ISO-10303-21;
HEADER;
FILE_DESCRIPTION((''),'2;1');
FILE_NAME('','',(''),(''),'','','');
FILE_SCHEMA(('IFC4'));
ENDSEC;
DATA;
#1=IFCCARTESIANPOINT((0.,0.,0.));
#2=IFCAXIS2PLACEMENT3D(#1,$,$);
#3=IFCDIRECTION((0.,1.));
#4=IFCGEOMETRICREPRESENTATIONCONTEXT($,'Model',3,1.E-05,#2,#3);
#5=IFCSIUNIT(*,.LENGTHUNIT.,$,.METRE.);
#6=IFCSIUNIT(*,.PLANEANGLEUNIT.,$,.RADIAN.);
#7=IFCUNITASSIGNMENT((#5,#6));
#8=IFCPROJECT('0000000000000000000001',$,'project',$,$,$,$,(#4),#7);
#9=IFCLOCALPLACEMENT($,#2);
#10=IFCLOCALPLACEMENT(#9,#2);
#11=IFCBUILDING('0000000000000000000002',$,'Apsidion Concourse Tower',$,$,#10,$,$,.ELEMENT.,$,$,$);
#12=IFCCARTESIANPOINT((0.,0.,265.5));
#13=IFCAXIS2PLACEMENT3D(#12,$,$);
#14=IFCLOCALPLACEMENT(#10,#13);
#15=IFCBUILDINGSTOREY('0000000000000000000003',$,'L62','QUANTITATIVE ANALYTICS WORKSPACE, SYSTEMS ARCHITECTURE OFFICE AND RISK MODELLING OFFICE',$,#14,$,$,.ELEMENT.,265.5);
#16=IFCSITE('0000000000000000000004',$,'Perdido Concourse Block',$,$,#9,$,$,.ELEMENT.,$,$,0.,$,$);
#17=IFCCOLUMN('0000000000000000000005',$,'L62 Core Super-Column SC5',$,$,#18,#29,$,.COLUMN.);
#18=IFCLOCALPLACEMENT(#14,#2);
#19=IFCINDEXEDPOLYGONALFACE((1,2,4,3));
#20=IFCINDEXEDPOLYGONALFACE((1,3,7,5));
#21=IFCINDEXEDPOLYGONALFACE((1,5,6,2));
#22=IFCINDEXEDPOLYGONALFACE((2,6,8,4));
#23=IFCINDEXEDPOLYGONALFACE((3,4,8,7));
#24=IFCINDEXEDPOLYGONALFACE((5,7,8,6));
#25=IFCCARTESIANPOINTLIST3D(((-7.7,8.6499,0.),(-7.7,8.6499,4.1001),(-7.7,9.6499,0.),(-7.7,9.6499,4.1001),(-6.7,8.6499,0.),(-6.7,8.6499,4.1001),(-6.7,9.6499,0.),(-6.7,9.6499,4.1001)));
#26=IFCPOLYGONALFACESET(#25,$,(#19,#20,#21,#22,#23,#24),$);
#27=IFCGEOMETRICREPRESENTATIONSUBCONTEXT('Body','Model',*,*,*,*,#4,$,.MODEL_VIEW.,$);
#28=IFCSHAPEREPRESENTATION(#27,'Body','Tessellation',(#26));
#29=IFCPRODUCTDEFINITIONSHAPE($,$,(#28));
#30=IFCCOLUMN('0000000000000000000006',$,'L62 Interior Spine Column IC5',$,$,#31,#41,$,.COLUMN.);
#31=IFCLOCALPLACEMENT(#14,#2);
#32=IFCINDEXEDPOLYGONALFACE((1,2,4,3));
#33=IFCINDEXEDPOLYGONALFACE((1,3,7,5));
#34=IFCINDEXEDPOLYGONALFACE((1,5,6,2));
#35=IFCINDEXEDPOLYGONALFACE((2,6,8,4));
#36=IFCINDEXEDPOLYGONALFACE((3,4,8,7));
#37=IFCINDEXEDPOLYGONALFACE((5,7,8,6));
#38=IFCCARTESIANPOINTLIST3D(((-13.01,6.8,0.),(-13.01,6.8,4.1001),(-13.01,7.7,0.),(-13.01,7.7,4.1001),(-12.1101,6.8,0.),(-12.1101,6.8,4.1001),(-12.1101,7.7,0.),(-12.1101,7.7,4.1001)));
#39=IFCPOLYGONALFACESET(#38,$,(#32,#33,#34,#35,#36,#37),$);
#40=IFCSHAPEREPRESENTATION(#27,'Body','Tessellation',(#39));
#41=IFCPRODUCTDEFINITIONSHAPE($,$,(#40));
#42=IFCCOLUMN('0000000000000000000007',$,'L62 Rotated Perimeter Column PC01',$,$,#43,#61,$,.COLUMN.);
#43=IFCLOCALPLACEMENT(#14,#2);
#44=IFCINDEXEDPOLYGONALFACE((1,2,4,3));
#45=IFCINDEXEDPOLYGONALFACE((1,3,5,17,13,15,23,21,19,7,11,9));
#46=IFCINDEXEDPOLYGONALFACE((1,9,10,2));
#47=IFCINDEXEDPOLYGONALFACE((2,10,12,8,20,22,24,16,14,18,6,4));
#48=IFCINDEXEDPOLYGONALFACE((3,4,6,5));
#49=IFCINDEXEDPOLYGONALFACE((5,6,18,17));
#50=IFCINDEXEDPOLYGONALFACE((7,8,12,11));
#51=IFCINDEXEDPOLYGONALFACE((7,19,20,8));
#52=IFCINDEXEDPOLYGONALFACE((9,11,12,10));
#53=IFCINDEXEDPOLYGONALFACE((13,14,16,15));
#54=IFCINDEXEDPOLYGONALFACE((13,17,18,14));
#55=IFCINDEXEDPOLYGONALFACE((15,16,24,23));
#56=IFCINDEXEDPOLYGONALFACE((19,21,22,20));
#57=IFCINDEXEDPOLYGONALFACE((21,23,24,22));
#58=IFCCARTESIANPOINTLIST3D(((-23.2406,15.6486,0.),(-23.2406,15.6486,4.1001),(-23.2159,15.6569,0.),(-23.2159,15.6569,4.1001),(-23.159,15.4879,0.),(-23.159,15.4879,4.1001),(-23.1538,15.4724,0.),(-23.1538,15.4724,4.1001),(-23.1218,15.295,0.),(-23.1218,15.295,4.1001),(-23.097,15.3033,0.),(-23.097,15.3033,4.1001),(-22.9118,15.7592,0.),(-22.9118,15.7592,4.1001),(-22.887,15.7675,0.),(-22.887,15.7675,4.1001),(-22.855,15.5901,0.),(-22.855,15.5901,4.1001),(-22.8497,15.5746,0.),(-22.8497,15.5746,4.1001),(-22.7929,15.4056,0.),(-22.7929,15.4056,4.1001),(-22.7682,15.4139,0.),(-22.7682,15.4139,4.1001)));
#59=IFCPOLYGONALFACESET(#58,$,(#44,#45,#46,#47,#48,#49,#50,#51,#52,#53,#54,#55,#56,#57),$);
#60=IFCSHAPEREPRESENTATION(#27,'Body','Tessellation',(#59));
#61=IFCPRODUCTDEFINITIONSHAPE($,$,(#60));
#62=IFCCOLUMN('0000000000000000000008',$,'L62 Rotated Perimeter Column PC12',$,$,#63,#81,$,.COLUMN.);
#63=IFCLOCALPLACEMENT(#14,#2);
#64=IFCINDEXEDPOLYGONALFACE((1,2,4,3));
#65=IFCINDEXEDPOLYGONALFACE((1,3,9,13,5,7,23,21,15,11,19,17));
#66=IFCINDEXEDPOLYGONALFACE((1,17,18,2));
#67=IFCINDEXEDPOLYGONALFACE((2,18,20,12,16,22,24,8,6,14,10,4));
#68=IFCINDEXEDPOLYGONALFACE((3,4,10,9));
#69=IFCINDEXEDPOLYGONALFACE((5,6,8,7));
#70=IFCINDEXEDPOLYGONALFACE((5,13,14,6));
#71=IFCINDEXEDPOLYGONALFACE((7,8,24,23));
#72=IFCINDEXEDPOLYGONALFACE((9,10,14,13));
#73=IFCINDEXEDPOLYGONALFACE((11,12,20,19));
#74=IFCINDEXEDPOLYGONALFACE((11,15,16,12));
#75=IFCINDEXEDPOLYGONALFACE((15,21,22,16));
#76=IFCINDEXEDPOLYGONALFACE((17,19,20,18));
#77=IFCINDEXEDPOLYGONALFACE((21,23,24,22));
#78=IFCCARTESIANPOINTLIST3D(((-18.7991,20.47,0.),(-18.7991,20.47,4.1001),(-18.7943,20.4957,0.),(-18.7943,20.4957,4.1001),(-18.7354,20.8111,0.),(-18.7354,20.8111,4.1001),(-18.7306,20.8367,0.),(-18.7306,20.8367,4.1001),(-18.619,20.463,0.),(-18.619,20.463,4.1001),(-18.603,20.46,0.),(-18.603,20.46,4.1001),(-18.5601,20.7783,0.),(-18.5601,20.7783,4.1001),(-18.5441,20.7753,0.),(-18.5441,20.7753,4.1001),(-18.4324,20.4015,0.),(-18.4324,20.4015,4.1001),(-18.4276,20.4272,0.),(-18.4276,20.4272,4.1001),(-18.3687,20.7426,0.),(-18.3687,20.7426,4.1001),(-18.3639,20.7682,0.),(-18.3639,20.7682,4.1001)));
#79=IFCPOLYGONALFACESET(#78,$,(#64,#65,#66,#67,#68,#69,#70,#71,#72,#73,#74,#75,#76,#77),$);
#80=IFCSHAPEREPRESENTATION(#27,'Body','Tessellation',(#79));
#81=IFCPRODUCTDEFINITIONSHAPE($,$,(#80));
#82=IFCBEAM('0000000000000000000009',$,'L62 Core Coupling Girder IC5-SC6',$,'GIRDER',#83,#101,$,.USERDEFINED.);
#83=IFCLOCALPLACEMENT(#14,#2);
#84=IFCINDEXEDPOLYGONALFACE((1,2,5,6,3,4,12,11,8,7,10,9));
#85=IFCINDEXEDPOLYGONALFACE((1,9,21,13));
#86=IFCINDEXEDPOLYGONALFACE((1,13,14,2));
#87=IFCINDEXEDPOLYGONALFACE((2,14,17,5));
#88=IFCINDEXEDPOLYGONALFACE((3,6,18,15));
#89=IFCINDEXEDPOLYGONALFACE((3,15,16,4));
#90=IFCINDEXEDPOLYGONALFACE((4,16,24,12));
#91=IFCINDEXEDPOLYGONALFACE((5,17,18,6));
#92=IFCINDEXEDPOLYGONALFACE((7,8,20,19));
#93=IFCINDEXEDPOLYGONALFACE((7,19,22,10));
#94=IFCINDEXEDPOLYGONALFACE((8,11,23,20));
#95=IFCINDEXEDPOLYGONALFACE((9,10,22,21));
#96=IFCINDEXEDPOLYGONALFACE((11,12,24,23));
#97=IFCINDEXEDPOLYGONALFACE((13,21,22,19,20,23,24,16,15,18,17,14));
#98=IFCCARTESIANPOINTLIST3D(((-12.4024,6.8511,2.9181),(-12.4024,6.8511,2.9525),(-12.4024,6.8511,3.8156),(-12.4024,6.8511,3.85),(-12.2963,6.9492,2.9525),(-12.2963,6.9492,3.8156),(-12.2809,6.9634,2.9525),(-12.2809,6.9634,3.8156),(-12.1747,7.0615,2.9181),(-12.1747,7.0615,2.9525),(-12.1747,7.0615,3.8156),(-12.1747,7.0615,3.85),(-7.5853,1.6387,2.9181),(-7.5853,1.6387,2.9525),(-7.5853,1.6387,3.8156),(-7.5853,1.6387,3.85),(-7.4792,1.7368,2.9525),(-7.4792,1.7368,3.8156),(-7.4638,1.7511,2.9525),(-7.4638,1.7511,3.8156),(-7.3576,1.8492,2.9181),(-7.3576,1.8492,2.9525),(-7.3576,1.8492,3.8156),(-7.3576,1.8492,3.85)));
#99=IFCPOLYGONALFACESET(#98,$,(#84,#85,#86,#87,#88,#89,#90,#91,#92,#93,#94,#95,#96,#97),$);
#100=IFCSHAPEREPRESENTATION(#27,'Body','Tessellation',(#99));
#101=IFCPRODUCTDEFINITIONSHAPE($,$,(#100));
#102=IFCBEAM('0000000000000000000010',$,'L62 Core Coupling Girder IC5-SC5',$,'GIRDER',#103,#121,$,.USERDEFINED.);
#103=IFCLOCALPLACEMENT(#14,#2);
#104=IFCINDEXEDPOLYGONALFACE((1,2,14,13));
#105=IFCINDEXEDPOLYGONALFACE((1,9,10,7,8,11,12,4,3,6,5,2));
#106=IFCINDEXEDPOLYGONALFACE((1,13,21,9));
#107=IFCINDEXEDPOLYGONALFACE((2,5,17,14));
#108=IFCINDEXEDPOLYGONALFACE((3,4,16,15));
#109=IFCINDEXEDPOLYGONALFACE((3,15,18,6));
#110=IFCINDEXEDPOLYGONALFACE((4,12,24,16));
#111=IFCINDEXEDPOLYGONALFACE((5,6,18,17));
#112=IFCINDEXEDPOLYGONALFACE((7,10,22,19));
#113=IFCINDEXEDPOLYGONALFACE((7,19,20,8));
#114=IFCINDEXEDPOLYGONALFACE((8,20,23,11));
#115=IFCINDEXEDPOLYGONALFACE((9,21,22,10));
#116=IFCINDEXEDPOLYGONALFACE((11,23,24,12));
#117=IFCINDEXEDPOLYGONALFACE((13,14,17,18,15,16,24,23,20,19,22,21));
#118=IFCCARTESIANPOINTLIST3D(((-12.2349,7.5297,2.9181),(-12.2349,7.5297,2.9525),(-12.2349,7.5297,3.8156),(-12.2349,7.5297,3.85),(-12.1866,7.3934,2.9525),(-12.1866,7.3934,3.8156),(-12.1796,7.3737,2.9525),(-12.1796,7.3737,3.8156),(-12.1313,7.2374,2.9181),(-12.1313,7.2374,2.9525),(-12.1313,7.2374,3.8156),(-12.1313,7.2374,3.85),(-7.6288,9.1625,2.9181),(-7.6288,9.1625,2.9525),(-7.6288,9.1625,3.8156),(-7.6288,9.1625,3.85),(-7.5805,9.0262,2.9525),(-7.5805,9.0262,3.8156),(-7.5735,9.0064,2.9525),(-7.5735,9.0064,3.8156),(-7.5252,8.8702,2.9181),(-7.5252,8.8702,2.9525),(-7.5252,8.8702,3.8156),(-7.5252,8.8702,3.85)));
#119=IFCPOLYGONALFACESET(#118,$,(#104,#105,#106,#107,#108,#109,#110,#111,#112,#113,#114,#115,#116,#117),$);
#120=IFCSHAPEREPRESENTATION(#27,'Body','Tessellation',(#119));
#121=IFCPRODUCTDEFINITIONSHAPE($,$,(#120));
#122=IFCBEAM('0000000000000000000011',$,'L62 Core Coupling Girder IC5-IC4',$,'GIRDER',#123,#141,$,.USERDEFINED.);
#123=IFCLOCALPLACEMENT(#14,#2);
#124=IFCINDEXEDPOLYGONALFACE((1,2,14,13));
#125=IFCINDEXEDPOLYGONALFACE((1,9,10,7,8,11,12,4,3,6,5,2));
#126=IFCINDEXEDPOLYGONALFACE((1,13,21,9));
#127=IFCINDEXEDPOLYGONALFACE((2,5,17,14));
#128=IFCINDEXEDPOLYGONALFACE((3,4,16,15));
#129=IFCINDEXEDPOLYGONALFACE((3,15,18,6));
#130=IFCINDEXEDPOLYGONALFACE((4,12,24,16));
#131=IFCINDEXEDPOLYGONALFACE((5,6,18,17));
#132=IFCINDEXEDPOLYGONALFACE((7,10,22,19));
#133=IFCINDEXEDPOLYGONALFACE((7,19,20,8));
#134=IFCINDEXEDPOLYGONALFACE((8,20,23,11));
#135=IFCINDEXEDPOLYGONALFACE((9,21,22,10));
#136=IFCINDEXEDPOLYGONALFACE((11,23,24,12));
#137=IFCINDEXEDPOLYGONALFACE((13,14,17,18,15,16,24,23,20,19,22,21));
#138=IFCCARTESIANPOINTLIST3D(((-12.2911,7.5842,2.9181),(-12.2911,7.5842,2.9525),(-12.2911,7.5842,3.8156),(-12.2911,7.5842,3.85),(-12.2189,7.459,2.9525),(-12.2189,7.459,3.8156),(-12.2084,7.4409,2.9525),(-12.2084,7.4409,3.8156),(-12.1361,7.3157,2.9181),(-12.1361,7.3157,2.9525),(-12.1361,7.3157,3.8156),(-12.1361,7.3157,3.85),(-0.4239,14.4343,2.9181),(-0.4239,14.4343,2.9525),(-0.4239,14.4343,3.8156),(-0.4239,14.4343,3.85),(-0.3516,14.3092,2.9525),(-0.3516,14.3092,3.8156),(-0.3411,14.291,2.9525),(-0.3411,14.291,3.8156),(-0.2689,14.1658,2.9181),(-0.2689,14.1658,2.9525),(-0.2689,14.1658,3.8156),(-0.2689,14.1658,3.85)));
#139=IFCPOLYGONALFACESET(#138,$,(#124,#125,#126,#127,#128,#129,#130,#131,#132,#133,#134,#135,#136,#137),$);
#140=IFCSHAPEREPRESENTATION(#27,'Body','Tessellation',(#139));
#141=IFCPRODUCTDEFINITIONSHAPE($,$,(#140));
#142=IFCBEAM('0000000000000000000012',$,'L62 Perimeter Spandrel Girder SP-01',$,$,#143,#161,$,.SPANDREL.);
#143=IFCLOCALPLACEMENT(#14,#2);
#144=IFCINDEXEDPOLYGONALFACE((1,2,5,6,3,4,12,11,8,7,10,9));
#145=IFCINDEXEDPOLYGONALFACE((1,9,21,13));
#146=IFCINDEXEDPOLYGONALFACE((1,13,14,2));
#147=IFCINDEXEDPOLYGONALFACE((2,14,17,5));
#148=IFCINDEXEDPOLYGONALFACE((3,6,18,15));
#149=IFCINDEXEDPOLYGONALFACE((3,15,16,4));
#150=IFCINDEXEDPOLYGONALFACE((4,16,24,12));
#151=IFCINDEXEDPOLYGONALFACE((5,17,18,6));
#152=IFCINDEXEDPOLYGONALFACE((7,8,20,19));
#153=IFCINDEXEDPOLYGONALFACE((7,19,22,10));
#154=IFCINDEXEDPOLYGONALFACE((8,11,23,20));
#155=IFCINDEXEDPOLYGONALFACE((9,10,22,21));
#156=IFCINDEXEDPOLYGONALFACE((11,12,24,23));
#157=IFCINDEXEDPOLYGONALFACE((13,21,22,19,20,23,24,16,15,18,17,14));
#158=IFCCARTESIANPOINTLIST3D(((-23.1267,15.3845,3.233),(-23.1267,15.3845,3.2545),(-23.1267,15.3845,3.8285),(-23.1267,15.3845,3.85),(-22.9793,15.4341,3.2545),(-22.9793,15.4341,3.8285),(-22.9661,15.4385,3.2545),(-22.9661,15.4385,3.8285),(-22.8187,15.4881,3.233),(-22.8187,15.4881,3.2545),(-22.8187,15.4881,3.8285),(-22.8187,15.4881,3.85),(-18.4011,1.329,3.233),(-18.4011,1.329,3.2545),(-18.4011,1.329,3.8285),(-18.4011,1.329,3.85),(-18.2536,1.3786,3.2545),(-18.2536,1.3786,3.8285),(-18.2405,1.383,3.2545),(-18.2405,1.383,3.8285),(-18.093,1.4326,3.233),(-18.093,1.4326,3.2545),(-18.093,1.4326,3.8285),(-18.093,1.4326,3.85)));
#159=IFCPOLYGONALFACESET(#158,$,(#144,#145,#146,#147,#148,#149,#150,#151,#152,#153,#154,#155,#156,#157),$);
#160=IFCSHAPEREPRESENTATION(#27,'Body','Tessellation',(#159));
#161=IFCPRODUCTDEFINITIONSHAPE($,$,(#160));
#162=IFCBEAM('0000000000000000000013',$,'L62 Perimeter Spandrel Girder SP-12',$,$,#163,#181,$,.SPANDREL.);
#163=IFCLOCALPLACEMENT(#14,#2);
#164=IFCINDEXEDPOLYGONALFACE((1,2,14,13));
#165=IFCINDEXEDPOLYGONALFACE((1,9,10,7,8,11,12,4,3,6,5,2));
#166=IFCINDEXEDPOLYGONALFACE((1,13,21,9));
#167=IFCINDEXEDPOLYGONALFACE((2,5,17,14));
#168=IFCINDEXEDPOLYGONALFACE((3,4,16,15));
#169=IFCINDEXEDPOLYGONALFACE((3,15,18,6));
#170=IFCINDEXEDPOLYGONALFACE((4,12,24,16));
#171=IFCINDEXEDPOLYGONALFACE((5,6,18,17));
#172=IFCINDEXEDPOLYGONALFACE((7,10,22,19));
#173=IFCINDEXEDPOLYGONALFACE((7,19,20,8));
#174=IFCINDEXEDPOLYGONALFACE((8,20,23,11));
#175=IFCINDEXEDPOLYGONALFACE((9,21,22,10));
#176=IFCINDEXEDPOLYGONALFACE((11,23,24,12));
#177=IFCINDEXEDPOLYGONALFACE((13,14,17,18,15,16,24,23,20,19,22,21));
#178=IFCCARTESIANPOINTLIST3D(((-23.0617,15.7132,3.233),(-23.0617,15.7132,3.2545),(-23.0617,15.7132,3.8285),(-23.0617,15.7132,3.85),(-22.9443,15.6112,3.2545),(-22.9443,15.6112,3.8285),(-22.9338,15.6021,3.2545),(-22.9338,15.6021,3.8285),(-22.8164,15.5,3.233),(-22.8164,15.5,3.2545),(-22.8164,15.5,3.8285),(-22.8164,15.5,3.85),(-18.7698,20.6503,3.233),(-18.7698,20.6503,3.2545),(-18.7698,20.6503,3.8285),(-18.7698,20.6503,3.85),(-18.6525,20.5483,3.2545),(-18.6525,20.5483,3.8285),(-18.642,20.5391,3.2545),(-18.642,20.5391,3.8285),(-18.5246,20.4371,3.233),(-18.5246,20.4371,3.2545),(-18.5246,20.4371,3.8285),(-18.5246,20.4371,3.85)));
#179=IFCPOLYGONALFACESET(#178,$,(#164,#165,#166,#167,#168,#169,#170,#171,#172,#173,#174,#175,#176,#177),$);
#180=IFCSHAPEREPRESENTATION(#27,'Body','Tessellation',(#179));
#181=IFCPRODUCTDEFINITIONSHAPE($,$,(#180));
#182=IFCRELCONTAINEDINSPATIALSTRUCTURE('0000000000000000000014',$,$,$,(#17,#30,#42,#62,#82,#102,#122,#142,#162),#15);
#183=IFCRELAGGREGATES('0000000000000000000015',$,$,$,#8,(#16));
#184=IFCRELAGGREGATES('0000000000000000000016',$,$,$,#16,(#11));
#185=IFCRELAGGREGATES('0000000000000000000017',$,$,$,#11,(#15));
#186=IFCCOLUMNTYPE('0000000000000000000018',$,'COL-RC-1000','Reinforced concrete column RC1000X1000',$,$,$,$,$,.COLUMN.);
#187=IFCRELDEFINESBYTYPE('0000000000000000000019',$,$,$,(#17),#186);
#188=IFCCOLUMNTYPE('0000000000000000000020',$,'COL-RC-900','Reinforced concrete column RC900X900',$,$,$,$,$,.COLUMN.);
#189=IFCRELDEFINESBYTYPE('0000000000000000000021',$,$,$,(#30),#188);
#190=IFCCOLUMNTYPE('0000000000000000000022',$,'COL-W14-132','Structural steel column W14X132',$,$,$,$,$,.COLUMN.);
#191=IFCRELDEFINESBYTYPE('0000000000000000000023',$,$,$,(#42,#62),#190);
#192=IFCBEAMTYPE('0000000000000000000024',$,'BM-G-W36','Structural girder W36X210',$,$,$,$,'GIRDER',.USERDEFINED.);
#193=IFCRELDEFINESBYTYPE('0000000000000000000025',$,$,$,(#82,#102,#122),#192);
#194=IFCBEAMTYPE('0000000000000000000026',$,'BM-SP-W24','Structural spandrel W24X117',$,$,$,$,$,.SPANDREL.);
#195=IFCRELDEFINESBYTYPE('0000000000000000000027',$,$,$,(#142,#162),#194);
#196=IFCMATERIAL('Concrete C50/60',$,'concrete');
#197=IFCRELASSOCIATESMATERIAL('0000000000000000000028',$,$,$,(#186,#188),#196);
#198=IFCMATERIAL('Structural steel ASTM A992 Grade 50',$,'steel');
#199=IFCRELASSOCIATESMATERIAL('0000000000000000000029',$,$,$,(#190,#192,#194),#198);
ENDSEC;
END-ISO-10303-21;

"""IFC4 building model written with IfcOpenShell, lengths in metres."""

from ifc_helpers import new_model, si_unit, direction, frame, origin, origin_2d, place, context, subcontext, project, spatial, rectangle, i_section, extrude, material, material_profile, profile_set, type_object, element, save


model = new_model("IFC4")

# Units and contexts
model_context = context("Model", 3, precision=1e-05, world=origin(), true_north=direction((0.0, 1.0)))
body_context = subcontext(model_context, "Body", "Model", "MODEL_VIEW")
ifc_project = project(units=[si_unit("LENGTHUNIT", "METRE"), si_unit("PLANEANGLEUNIT", "RADIAN")], contexts=[model_context])

# Site, building, storey
site_placement = place(None, origin())
site = spatial("IfcSite", under=ifc_project, at=site_placement, Name="Perdido Concourse Block", CompositionType="ELEMENT", RefElevation=0.0)
building_placement = place(site_placement, origin())
building = spatial("IfcBuilding", under=site, at=building_placement, Name="Apsidion Concourse Tower", CompositionType="ELEMENT")
storey_placement = place(building_placement, frame((0.0, 0.0, 265.5)))
storey = spatial("IfcBuildingStorey", under=building, at=storey_placement, Name="L62", Description="QUANTITATIVE ANALYTICS WORKSPACE, SYSTEMS ARCHITECTURE OFFICE AND RISK MODELLING OFFICE", CompositionType="ELEMENT", Elevation=265.5)

# Columns
ifc_material_1 = material(Name="Concrete C50/60", Category="concrete")
ifc_material_profile_1 = material_profile(ifc_material_1, rectangle(XDim=1.0, YDim=1.0, at=origin_2d()), Name="RC 1000x1000")
ifc_profile_set_1 = profile_set([ifc_material_profile_1], Name="Concrete C50/60")
column_type_1 = type_object("IfcColumnType", Name="COL-RC-1000", Description="Reinforced concrete column RC1000X1000", PredefinedType="COLUMN", material=ifc_profile_set_1)
column_1_placement = place(storey_placement, frame((-7.2, 9.1499, 0.0), z_axis=(0.0, 0.0, 1.0), x_axis=(1.0, 0.0, 0.0)))
element("IfcColumn", 1, at=column_1_placement, inside=storey, type_object=column_type_1, Name="L62 Core Super-Column SC5", PredefinedType="COLUMN", context=body_context, shape_type="SweptSolid", body=[
    extrude(rectangle(XDim=1.0, YDim=1.0, at=origin_2d()), origin(), (0.0, 0.0, 1.0), 4.1001),
])
ifc_material_profile_2 = material_profile(ifc_material_1, rectangle(XDim=0.8999, YDim=0.8999, at=origin_2d()), Name="RC 900x900")
ifc_profile_set_2 = profile_set([ifc_material_profile_2], Name="Concrete C50/60")
column_type_2 = type_object("IfcColumnType", Name="COL-RC-900", Description="Reinforced concrete column RC900X900", PredefinedType="COLUMN", material=ifc_profile_set_2)
column_2_placement = place(storey_placement, frame((-12.5601, 7.25, 0.0), z_axis=(0.0, 0.0, 1.0), x_axis=(1.0, 0.0, 0.0)))
element("IfcColumn", 2, at=column_2_placement, inside=storey, type_object=column_type_2, Name="L62 Interior Spine Column IC5", PredefinedType="COLUMN", context=body_context, shape_type="SweptSolid", body=[
    extrude(rectangle(XDim=0.8999, YDim=0.8999, at=origin_2d()), origin(), (0.0, 0.0, 1.0), 4.1001),
])
ifc_material_2 = material(Name="Structural steel ASTM A992 Grade 50", Category="steel")
ifc_material_profile_3 = material_profile(ifc_material_2, i_section(OverallWidth=0.373, OverallDepth=0.373, WebThickness=0.0164, FlangeThickness=0.0261, at=origin_2d()), Name="W14X132")
ifc_profile_set_3 = profile_set([ifc_material_profile_3], Name="Structural steel ASTM A992 Grade 50")
column_type_3 = type_object("IfcColumnType", Name="COL-W14-132", Description="Structural steel column W14X132", PredefinedType="COLUMN", material=ifc_profile_set_3)
for number, where, z_axis, x_axis, name in (
    (3, (-23.0044, 15.5312, 0.0), (0.0, 0.0, 1.0), (-0.318628, 0.94788, 0.0), "L62 Rotated Perimeter Column PC01"),
    (4, (-18.5815, 20.6191, 0.0), (0.0, 0.0, 1.0), (-0.983, 0.183608, 0.0), "L62 Rotated Perimeter Column PC12"),
):
    element("IfcColumn", number, at=place(storey_placement, frame(where, z_axis=z_axis, x_axis=x_axis)), inside=storey, type_object=column_type_3, Name=name, PredefinedType="COLUMN", context=body_context, shape_type="SweptSolid", body=[
        extrude(i_section(OverallWidth=0.373, OverallDepth=0.373, WebThickness=0.0164, FlangeThickness=0.0261, at=origin_2d()), origin(), (0.0, 0.0, 1.0), 4.1001),
    ])

# Beams
ifc_material_profile_4 = material_profile(ifc_material_2, i_section(OverallWidth=0.3101, OverallDepth=0.9319, WebThickness=0.021, FlangeThickness=0.0344, at=origin_2d()), Name="W36X210")
ifc_profile_set_4 = profile_set([ifc_material_profile_4], Name="Structural steel ASTM A992 Grade 50")
beam_type_1 = type_object("IfcBeamType", Name="BM-G-W36", Description="Structural girder W36X210", ElementType="GIRDER", PredefinedType="USERDEFINED", material=ifc_profile_set_4)
beam_1_placement = place(storey_placement, frame((-12.2886, 6.9563, 3.384), z_axis=(0.678713, -0.734404, 0.0), x_axis=(0.734404, 0.678713, 0.0)))
element("IfcBeam", 5, at=beam_1_placement, inside=storey, type_object=beam_type_1, Name="L62 Core Coupling Girder IC5-SC6", ObjectType="GIRDER", PredefinedType="USERDEFINED", context=body_context, shape_type="SweptSolid", body=[
    extrude(i_section(OverallWidth=0.3101, OverallDepth=0.9319, WebThickness=0.021, FlangeThickness=0.0344, at=origin_2d()), origin(), (0.0, 0.0, 1.0), 7.0974),
])
beam_2_placement = place(storey_placement, frame((-12.1831, 7.3835, 3.384), z_axis=(0.942534, 0.334111, 0.0), x_axis=(-0.334111, 0.942534, 0.0)))
element("IfcBeam", 6, at=beam_2_placement, inside=storey, type_object=beam_type_1, Name="L62 Core Coupling Girder IC5-SC5", ObjectType="GIRDER", PredefinedType="USERDEFINED", context=body_context, shape_type="SweptSolid", body=[
    extrude(i_section(OverallWidth=0.3101, OverallDepth=0.9319, WebThickness=0.021, FlangeThickness=0.0344, at=origin_2d()), origin(), (0.0, 0.0, 1.0), 4.887),
])
beam_3_placement = place(storey_placement, frame((-12.2136, 7.45, 3.384), z_axis=(0.86607, 0.499922, 0.0), x_axis=(-0.499922, 0.86607, 0.0)))
element("IfcBeam", 7, at=beam_3_placement, inside=storey, type_object=beam_type_1, Name="L62 Core Coupling Girder IC5-IC4", ObjectType="GIRDER", PredefinedType="USERDEFINED", context=body_context, shape_type="SweptSolid", body=[
    extrude(i_section(OverallWidth=0.3101, OverallDepth=0.9319, WebThickness=0.021, FlangeThickness=0.0344, at=origin_2d()), origin(), (0.0, 0.0, 1.0), 13.7024),
])
ifc_material_profile_5 = material_profile(ifc_material_2, i_section(OverallWidth=0.325, OverallDepth=0.6169, WebThickness=0.0139, FlangeThickness=0.0215, at=origin_2d()), Name="W24X117")
ifc_profile_set_5 = profile_set([ifc_material_profile_5], Name="Structural steel ASTM A992 Grade 50")
beam_type_2 = type_object("IfcBeamType", Name="BM-SP-W24", Description="Structural spandrel W24X117", PredefinedType="SPANDREL", material=ifc_profile_set_5)
beam_4_placement = place(storey_placement, frame((-22.9727, 15.4363, 3.5415), z_axis=(0.318682, -0.947862, 0.0), x_axis=(0.947862, 0.318682, 0.0)))
element("IfcBeam", 8, at=beam_4_placement, inside=storey, type_object=beam_type_2, Name="L62 Perimeter Spandrel Girder SP-01", PredefinedType="SPANDREL", context=body_context, shape_type="SweptSolid", body=[
    extrude(i_section(OverallWidth=0.325, OverallDepth=0.6169, WebThickness=0.0139, FlangeThickness=0.0215, at=origin_2d()), origin(), (0.0, 0.0, 1.0), 14.8286),
])
beam_5_placement = place(storey_placement, frame((-18.6472, 20.5437, 3.5415), z_axis=(-0.656065, -0.754704, 0.0), x_axis=(0.754704, -0.656065, 0.0)))
element("IfcBeam", 9, at=beam_5_placement, inside=storey, type_object=beam_type_2, Name="L62 Perimeter Spandrel Girder SP-12", PredefinedType="SPANDREL", context=body_context, shape_type="SweptSolid", body=[
    extrude(i_section(OverallWidth=0.325, OverallDepth=0.6169, WebThickness=0.0139, FlangeThickness=0.0215, at=origin_2d()), origin(), (0.0, 0.0, 1.0), 6.5417),
])

save(model, "model.ifc")
